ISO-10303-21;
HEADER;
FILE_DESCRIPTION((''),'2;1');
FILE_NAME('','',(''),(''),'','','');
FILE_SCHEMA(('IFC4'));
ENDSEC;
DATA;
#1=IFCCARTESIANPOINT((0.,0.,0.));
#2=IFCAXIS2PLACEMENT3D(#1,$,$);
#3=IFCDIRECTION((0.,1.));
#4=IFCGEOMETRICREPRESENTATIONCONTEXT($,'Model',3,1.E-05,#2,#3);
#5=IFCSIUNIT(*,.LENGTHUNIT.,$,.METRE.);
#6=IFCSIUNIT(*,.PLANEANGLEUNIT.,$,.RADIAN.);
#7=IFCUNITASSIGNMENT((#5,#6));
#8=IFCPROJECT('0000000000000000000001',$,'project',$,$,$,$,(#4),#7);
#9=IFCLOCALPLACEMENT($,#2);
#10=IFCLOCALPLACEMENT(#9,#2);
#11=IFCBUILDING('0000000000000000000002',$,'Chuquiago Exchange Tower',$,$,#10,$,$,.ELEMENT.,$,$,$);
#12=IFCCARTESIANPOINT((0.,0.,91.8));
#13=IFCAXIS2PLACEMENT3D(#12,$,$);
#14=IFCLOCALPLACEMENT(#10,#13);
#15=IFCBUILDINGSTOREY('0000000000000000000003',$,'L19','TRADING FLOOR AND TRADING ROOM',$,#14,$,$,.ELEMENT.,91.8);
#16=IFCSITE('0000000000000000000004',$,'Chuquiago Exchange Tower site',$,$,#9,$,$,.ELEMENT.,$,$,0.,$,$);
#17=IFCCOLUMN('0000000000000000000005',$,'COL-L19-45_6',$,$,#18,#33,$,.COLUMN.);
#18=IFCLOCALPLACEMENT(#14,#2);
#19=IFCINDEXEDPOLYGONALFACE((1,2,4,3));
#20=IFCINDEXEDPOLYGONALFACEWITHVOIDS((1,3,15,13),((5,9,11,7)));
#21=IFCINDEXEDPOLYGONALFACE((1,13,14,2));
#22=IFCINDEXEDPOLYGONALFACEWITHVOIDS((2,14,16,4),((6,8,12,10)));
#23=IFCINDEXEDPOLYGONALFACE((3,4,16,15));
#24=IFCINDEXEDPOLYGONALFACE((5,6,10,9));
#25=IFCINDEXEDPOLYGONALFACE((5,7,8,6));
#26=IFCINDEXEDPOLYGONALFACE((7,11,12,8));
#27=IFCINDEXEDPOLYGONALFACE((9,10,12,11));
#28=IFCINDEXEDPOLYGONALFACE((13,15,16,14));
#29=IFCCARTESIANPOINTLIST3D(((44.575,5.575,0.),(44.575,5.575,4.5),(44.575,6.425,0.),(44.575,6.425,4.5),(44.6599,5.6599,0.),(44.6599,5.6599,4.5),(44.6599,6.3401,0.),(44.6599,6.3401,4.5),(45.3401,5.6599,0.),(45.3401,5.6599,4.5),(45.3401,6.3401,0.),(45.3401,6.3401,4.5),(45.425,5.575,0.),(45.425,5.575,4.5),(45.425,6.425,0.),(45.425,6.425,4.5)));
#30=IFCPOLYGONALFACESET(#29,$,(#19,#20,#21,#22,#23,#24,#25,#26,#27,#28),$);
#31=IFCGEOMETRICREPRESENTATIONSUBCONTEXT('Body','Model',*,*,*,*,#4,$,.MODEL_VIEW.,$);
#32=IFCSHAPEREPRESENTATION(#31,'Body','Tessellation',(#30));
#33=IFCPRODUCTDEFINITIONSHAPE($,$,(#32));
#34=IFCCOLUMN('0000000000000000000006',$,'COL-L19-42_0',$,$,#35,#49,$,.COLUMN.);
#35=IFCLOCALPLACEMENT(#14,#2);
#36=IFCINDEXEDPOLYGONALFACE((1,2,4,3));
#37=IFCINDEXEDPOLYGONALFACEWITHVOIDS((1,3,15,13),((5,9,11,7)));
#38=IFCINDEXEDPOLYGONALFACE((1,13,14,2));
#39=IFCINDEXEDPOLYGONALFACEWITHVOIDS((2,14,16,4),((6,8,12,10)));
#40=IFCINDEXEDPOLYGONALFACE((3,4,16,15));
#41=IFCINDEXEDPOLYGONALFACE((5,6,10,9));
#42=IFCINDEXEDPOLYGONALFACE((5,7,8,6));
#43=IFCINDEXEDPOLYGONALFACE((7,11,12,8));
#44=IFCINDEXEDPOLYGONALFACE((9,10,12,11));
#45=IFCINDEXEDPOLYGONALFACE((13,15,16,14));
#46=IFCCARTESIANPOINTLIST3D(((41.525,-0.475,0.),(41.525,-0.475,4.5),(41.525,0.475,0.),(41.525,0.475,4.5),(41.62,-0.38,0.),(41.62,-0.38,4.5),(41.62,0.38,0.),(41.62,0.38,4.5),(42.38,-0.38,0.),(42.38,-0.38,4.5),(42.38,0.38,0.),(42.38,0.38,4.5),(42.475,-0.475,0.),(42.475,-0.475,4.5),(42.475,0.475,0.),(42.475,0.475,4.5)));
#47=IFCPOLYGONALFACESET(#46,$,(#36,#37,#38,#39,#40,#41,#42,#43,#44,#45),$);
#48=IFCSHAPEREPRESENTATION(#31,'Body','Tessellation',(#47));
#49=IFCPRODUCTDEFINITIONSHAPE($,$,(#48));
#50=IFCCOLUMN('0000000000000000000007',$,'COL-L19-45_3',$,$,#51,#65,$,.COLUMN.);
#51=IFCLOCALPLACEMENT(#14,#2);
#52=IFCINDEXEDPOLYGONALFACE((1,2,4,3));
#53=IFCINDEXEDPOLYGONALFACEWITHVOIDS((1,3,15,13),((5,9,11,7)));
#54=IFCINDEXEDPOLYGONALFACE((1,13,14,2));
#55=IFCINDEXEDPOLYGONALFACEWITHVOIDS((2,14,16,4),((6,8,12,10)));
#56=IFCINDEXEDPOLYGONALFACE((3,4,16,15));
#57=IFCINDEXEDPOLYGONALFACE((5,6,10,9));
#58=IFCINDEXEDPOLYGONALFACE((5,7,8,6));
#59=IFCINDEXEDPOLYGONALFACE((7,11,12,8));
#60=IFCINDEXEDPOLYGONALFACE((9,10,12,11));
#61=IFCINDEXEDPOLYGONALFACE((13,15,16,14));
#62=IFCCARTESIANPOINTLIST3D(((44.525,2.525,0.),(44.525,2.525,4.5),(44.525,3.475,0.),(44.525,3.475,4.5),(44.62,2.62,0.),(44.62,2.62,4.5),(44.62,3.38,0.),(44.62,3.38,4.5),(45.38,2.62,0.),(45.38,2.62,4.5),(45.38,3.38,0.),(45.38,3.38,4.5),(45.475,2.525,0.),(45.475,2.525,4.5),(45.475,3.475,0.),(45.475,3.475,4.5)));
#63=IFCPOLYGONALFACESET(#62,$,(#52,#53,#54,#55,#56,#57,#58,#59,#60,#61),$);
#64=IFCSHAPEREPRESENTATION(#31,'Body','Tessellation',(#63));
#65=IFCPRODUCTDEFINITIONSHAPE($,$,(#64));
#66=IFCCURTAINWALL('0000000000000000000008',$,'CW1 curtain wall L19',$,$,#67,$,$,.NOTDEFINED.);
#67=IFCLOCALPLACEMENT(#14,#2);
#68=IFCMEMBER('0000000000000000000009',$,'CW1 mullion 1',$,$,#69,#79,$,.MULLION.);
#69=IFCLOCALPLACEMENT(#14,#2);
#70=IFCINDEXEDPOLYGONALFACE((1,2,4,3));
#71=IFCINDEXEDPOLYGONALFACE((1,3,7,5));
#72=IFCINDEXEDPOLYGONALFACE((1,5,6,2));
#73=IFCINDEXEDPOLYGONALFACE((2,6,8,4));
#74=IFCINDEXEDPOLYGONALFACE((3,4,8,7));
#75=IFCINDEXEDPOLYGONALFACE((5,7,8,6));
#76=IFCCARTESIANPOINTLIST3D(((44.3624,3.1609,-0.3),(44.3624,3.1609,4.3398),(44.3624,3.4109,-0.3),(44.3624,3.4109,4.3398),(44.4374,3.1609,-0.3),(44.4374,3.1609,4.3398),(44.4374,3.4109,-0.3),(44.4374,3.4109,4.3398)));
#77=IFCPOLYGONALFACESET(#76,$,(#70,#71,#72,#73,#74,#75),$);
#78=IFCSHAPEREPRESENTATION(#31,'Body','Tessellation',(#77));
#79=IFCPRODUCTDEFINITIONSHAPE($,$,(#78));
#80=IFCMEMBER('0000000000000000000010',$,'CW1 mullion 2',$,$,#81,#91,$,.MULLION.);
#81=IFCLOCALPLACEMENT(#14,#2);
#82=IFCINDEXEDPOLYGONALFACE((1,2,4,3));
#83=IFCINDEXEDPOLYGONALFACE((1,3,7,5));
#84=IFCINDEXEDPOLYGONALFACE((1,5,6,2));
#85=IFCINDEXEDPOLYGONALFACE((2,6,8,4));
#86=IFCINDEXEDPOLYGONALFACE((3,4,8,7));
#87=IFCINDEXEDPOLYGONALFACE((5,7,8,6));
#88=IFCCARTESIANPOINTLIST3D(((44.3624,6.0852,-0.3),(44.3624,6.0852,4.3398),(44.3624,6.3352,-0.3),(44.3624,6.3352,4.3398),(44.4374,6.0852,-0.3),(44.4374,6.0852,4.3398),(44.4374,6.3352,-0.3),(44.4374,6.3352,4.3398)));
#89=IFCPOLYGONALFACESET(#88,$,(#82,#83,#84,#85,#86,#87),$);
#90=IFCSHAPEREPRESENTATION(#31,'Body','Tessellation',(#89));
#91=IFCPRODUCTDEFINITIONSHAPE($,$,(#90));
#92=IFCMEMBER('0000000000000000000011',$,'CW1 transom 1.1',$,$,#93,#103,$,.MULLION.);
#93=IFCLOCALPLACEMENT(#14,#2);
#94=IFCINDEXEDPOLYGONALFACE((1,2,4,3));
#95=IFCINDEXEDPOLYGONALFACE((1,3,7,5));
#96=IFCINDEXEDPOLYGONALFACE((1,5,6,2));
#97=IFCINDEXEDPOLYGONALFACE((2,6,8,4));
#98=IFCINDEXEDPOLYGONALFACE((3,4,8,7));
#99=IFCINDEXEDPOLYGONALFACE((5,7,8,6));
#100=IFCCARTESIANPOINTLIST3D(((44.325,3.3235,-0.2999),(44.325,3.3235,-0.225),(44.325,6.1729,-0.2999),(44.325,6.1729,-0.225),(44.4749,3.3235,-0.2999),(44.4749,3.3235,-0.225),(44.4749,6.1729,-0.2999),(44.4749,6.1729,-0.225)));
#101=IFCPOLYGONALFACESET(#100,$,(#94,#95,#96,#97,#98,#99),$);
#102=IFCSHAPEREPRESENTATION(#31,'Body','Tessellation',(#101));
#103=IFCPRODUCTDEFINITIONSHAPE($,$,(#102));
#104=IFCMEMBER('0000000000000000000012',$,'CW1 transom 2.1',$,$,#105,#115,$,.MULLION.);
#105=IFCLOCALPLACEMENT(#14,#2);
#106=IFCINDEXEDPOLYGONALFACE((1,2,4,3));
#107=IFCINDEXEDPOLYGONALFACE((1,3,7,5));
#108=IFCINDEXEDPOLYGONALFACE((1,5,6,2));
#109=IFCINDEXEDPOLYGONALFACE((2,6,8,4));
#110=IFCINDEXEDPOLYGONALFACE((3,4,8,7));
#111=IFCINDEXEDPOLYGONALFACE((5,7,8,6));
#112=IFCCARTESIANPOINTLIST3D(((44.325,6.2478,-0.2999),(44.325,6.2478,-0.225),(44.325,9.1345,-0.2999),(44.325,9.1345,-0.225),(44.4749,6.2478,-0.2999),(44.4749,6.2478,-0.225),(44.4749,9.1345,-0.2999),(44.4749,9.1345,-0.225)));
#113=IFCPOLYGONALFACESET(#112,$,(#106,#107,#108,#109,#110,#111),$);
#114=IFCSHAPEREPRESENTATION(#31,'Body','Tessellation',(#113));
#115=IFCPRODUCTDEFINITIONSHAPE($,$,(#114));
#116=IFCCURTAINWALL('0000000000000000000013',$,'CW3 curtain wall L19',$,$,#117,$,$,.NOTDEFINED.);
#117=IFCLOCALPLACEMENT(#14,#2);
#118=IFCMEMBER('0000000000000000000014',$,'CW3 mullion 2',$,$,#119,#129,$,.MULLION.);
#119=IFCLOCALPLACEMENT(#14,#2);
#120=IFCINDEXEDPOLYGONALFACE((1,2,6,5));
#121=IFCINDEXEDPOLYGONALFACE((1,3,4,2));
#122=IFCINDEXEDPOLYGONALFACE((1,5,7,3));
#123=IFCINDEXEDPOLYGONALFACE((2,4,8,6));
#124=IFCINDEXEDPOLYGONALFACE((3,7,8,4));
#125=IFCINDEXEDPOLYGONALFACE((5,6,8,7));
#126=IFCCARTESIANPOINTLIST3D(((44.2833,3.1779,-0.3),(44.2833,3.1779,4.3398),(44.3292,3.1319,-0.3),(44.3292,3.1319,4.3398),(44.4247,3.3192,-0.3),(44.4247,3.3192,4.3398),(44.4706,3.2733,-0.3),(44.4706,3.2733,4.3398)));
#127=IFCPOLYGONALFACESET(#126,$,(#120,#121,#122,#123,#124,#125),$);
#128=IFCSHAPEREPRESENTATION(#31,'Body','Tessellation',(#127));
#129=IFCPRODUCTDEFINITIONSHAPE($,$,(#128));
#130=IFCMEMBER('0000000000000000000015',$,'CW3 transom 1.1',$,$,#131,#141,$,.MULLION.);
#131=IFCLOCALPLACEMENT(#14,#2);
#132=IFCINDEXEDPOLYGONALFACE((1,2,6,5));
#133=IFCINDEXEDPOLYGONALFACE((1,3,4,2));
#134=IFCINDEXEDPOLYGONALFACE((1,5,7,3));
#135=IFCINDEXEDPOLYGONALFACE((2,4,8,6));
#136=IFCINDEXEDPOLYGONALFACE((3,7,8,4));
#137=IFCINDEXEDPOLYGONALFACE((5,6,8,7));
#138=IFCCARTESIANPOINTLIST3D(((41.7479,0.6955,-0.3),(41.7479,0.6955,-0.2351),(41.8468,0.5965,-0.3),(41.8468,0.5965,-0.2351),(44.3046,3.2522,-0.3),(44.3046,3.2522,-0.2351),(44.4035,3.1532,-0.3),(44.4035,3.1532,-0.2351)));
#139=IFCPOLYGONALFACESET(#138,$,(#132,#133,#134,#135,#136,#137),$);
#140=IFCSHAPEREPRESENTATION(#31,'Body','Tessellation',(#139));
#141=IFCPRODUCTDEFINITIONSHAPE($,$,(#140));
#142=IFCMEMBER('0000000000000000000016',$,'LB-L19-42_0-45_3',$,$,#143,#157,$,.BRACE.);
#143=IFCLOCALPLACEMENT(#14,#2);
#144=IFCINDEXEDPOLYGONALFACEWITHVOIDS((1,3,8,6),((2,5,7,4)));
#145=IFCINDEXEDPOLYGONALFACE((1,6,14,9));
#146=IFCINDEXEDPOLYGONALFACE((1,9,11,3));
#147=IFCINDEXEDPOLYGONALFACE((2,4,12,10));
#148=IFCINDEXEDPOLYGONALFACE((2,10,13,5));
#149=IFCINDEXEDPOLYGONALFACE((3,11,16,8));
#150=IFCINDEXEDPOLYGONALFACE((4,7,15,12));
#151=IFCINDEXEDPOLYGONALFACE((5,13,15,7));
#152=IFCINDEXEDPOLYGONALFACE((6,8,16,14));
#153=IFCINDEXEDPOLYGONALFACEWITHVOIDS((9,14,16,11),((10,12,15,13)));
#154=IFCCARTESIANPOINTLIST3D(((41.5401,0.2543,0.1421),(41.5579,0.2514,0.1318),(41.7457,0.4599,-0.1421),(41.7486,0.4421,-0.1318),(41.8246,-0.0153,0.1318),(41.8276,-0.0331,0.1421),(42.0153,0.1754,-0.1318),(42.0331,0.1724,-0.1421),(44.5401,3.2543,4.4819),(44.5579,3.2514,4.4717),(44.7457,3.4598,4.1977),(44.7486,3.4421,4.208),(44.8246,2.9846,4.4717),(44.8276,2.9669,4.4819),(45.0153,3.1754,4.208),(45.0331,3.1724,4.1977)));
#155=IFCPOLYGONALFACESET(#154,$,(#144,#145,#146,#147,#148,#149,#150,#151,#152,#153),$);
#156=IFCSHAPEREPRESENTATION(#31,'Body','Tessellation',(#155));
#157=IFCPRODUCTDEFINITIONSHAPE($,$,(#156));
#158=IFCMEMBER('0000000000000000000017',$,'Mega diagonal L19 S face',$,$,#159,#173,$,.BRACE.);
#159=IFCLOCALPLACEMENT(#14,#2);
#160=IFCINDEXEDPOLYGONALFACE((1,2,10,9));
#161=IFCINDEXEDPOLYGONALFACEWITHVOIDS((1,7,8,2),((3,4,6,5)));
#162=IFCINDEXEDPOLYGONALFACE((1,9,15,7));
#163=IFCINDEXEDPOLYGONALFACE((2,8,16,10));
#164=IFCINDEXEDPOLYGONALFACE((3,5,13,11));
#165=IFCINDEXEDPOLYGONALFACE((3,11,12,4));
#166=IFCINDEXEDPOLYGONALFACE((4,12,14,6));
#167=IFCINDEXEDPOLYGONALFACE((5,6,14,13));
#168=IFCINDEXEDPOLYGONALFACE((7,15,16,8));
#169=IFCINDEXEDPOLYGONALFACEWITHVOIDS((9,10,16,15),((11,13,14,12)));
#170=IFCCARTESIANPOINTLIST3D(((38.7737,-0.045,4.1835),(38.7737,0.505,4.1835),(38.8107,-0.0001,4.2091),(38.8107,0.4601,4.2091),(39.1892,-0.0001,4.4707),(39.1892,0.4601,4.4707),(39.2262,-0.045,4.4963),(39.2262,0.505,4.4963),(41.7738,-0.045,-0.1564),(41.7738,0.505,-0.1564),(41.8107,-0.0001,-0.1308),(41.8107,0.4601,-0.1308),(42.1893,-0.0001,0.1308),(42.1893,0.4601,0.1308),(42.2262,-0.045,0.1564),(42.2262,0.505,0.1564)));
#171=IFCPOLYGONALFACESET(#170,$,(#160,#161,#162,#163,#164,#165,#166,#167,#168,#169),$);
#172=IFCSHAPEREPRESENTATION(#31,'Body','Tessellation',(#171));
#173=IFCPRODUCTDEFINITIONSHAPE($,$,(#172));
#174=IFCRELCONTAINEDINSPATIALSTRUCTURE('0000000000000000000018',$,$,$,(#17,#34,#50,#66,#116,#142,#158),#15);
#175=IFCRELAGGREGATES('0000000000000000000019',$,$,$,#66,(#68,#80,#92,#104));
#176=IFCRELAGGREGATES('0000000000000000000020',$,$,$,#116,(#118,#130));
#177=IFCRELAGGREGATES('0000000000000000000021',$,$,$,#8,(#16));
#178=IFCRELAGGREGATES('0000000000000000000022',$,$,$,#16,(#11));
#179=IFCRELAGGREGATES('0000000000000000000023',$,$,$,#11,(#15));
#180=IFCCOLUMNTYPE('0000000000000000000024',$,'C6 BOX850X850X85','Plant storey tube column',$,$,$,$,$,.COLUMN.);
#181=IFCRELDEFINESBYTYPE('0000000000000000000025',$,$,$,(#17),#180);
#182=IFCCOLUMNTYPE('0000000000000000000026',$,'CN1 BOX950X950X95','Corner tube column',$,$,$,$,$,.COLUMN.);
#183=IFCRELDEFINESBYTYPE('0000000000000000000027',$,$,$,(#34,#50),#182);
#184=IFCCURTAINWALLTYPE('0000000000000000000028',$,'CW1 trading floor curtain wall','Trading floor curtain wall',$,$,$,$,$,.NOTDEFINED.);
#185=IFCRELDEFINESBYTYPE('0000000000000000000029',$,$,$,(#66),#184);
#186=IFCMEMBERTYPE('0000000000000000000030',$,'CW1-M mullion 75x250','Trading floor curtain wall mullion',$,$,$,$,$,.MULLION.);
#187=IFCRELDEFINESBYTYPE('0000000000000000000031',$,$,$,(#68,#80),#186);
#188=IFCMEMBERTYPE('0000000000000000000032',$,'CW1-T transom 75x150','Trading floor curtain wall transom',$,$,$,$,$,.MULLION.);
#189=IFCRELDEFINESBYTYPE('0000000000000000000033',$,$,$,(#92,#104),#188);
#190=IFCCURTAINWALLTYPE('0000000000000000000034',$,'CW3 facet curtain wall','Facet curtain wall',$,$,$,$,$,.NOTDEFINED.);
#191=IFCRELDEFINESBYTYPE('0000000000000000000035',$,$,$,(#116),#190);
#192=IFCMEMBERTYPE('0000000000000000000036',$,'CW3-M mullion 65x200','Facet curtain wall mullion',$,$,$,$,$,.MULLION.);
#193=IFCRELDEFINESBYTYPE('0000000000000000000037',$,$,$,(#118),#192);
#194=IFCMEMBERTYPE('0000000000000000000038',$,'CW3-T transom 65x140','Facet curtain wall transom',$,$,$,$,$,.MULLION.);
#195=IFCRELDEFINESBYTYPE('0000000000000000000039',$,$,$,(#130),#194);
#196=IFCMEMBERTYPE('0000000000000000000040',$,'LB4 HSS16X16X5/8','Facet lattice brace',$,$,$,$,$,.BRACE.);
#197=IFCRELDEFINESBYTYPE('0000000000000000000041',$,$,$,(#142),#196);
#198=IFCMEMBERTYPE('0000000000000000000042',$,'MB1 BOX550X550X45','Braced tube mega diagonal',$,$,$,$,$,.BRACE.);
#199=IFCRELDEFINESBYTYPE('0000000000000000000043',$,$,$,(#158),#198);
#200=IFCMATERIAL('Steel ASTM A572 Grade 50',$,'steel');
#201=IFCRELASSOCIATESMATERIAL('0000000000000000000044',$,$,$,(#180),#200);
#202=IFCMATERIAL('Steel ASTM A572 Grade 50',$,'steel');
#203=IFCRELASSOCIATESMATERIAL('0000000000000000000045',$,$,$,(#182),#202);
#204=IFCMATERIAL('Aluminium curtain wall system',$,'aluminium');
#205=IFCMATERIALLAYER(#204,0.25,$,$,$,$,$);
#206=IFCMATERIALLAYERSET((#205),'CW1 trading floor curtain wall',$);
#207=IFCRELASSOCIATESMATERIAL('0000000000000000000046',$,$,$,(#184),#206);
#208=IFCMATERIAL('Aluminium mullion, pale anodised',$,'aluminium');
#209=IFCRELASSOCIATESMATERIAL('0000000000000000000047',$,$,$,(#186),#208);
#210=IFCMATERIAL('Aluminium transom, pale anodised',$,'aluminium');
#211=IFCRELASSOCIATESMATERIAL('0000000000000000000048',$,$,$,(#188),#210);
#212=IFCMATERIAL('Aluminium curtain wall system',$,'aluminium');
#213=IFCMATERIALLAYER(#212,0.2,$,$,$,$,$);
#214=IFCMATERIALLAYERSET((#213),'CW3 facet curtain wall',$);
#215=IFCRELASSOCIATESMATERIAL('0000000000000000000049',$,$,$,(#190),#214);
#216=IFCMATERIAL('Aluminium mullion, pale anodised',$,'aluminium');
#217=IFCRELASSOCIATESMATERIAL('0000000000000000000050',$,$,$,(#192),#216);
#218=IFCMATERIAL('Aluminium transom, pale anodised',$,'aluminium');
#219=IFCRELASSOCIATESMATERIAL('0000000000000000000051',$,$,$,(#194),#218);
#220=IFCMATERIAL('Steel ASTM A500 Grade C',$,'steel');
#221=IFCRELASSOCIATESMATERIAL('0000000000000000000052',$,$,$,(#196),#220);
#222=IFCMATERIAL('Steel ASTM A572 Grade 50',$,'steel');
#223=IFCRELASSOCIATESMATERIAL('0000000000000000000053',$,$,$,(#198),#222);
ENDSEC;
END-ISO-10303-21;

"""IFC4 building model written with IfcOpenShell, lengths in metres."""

from ifc_helpers import new_model, si_unit, direction, frame, origin, origin_2d, place, context, subcontext, project, spatial, rectangle, hollow_rectangle, extrude, material, layer, layer_set, material_profile, profile_set, type_object, element, aggregate, save


model = new_model("IFC4")

# Units and contexts
model_context = context("Model", 3, precision=1e-05, world=origin(), true_north=direction((0.0, 1.0)))
body_context = subcontext(model_context, "Body", "Model", "MODEL_VIEW")
ifc_project = project(units=[si_unit("LENGTHUNIT", "METRE"), si_unit("PLANEANGLEUNIT", "RADIAN")], contexts=[model_context])

# Site, building, storey
site_placement = place(None, origin())
site = spatial("IfcSite", under=ifc_project, at=site_placement, Name="Chuquiago Exchange Tower site", CompositionType="ELEMENT", RefElevation=0.0)
building_placement = place(site_placement, origin())
building = spatial("IfcBuilding", under=site, at=building_placement, Name="Chuquiago Exchange Tower", CompositionType="ELEMENT")
storey_placement = place(building_placement, frame((0.0, 0.0, 91.8)))
storey = spatial("IfcBuildingStorey", under=building, at=storey_placement, Name="L19", Description="TRADING FLOOR AND TRADING ROOM", CompositionType="ELEMENT", Elevation=91.8)

# Columns
ifc_material_1 = material(Name="Steel ASTM A572 Grade 50", Category="steel")
ifc_material_profile_1 = material_profile(ifc_material_1, hollow_rectangle(XDim=0.8501, YDim=0.8501, WallThickness=0.085, at=origin_2d()), Name="BOX850X850X85")
ifc_profile_set_1 = profile_set([ifc_material_profile_1], Name="Steel ASTM A572 Grade 50")
column_type_1 = type_object("IfcColumnType", Name="C6 BOX850X850X85", Description="Plant storey tube column", PredefinedType="COLUMN", material=ifc_profile_set_1)
column_placement = place(storey_placement, frame((45.0, 6.0, 0.0), z_axis=(0.0, 0.0, 1.0), x_axis=(1.0, 0.0, 0.0)))
element("IfcColumn", 1, at=column_placement, inside=storey, type_object=column_type_1, Name="COL-L19-45_6", PredefinedType="COLUMN", context=body_context, shape_type="SweptSolid", body=[
    extrude(hollow_rectangle(XDim=0.8501, YDim=0.8501, WallThickness=0.085, at=origin_2d()), origin(), (0.0, 0.0, 1.0), 4.5),
])
ifc_material_2 = material(Name="Steel ASTM A572 Grade 50", Category="steel")
ifc_material_profile_2 = material_profile(ifc_material_2, hollow_rectangle(XDim=0.95, YDim=0.95, WallThickness=0.095, at=origin_2d()), Name="BOX950X950X95")
ifc_profile_set_2 = profile_set([ifc_material_profile_2], Name="Steel ASTM A572 Grade 50")
column_type_2 = type_object("IfcColumnType", Name="CN1 BOX950X950X95", Description="Corner tube column", PredefinedType="COLUMN", material=ifc_profile_set_2)
for number, where, z_axis, x_axis, name in (
    (2, (42.0, 0.0, 0.0), (0.0, 0.0, 1.0), (0.0, -1.0, 0.0), "COL-L19-42_0"),
    (3, (45.0, 3.0, 0.0), (0.0, 0.0, 1.0), (1.0, 0.0, 0.0), "COL-L19-45_3"),
):
    element("IfcColumn", number, at=place(storey_placement, frame(where, z_axis=z_axis, x_axis=x_axis)), inside=storey, type_object=column_type_2, Name=name, PredefinedType="COLUMN", context=body_context, shape_type="SweptSolid", body=[
        extrude(hollow_rectangle(XDim=0.95, YDim=0.95, WallThickness=0.095, at=origin_2d()), origin(), (0.0, 0.0, 1.0), 4.5),
    ])

# Curtain walls, members
ifc_material_3 = material(Name="Aluminium curtain wall system", Category="aluminium")
ifc_layer_1 = layer(ifc_material_3, 0.25)
ifc_layer_set_1 = layer_set([ifc_layer_1], Name="CW1 trading floor curtain wall")
curtain_wall_type_1 = type_object("IfcCurtainWallType", Name="CW1 trading floor curtain wall", Description="Trading floor curtain wall", PredefinedType="NOTDEFINED", material=ifc_layer_set_1)
curtain_wall_1_placement = place(storey_placement, origin())
curtain_wall_1 = element("IfcCurtainWall", 4, at=curtain_wall_1_placement, inside=storey, type_object=curtain_wall_type_1, Name="CW1 curtain wall L19", PredefinedType="NOTDEFINED")
ifc_material_4 = material(Name="Aluminium mullion, pale anodised", Category="aluminium")
ifc_material_profile_3 = material_profile(ifc_material_4, rectangle(XDim=0.075, YDim=0.25, at=origin_2d()), Name="AL 75x250")
ifc_profile_set_3 = profile_set([ifc_material_profile_3], Name="Aluminium mullion, pale anodised")
member_type_1 = type_object("IfcMemberType", Name="CW1-M mullion 75x250", Description="Trading floor curtain wall mullion", PredefinedType="MULLION", material=ifc_profile_set_3)
member_1_placement = place(storey_placement, frame((44.3999, 3.2859, -0.3), z_axis=(0.0, 0.0, 1.0), x_axis=(-1.0, 0.0, 0.0)))
member_1 = element("IfcMember", 5, at=member_1_placement, type_object=member_type_1, Name="CW1 mullion 1", PredefinedType="MULLION", context=body_context, shape_type="SweptSolid", body=[
    extrude(rectangle(XDim=0.075, YDim=0.25, at=origin_2d()), origin(), (0.0, 0.0, 1.0), 4.6399),
])
member_2_placement = place(storey_placement, frame((44.3999, 6.2102, -0.3), z_axis=(0.0, 0.0, 1.0), x_axis=(-1.0, 0.0, 0.0)))
member_2 = element("IfcMember", 6, at=member_2_placement, type_object=member_type_1, Name="CW1 mullion 2", PredefinedType="MULLION", context=body_context, shape_type="SweptSolid", body=[
    extrude(rectangle(XDim=0.075, YDim=0.25, at=origin_2d()), origin(), (0.0, 0.0, 1.0), 4.6399),
])
ifc_material_5 = material(Name="Aluminium transom, pale anodised", Category="aluminium")
ifc_material_profile_4 = material_profile(ifc_material_5, rectangle(XDim=0.1499, YDim=0.075, at=origin_2d()), Name="AL 150x75")
ifc_profile_set_4 = profile_set([ifc_material_profile_4], Name="Aluminium transom, pale anodised")
member_type_2 = type_object("IfcMemberType", Name="CW1-T transom 75x150", Description="Trading floor curtain wall transom", PredefinedType="MULLION", material=ifc_profile_set_4)
member_3_placement = place(storey_placement, frame((44.3999, 3.3235, -0.2625), z_axis=(0.0, 1.0, 0.0), x_axis=(-1.0, 0.0, 0.0)))
member_3 = element("IfcMember", 7, at=member_3_placement, type_object=member_type_2, Name="CW1 transom 1.1", PredefinedType="MULLION", context=body_context, shape_type="SweptSolid", body=[
    extrude(rectangle(XDim=0.1499, YDim=0.075, at=origin_2d()), origin(), (0.0, 0.0, 1.0), 2.8494),
])
member_4_placement = place(storey_placement, frame((44.3999, 6.2478, -0.2625), z_axis=(0.0, 1.0, 0.0), x_axis=(-1.0, 0.0, 0.0)))
member_4 = element("IfcMember", 8, at=member_4_placement, type_object=member_type_2, Name="CW1 transom 2.1", PredefinedType="MULLION", context=body_context, shape_type="SweptSolid", body=[
    extrude(rectangle(XDim=0.1499, YDim=0.075, at=origin_2d()), origin(), (0.0, 0.0, 1.0), 2.8867),
])
ifc_material_6 = material(Name="Aluminium curtain wall system", Category="aluminium")
ifc_layer_2 = layer(ifc_material_6, 0.2)
ifc_layer_set_2 = layer_set([ifc_layer_2], Name="CW3 facet curtain wall")
curtain_wall_type_2 = type_object("IfcCurtainWallType", Name="CW3 facet curtain wall", Description="Facet curtain wall", PredefinedType="NOTDEFINED", material=ifc_layer_set_2)
curtain_wall_2_placement = place(storey_placement, origin())
curtain_wall_2 = element("IfcCurtainWall", 9, at=curtain_wall_2_placement, inside=storey, type_object=curtain_wall_type_2, Name="CW3 curtain wall L19", PredefinedType="NOTDEFINED")
ifc_material_7 = material(Name="Aluminium mullion, pale anodised", Category="aluminium")
ifc_material_profile_5 = material_profile(ifc_material_7, rectangle(XDim=0.0649, YDim=0.2, at=origin_2d()), Name="AL 65x200")
ifc_profile_set_5 = profile_set([ifc_material_profile_5], Name="Aluminium mullion, pale anodised")
member_type_3 = type_object("IfcMemberType", Name="CW3-M mullion 65x200", Description="Facet curtain wall mullion", PredefinedType="MULLION", material=ifc_profile_set_5)
member_5_placement = place(storey_placement, frame((44.377, 3.2256, -0.3), z_axis=(0.0, 0.0, 1.0), x_axis=(-0.707107, 0.707107, 0.0)))
member_5 = element("IfcMember", 10, at=member_5_placement, type_object=member_type_3, Name="CW3 mullion 2", PredefinedType="MULLION", context=body_context, shape_type="SweptSolid", body=[
    extrude(rectangle(XDim=0.0649, YDim=0.2, at=origin_2d()), origin(), (0.0, 0.0, 1.0), 4.6399),
])
ifc_material_8 = material(Name="Aluminium transom, pale anodised", Category="aluminium")
ifc_material_profile_6 = material_profile(ifc_material_8, rectangle(XDim=0.1399, YDim=0.0649, at=origin_2d()), Name="AL 140x65")
ifc_profile_set_6 = profile_set([ifc_material_profile_6], Name="Aluminium transom, pale anodised")
member_type_4 = type_object("IfcMemberType", Name="CW3-T transom 65x140", Description="Facet curtain wall transom", PredefinedType="MULLION", material=ifc_profile_set_6)
member_6_placement = place(storey_placement, frame((41.7974, 0.646, -0.2676), z_axis=(0.707107, 0.707107, 0.0), x_axis=(-0.707107, 0.707107, 0.0)))
member_6 = element("IfcMember", 11, at=member_6_placement, type_object=member_type_4, Name="CW3 transom 1.1", PredefinedType="MULLION", context=body_context, shape_type="SweptSolid", body=[
    extrude(rectangle(XDim=0.1399, YDim=0.0649, at=origin_2d()), origin(), (0.0, 0.0, 1.0), 3.6157),
])

# Members
ifc_material_9 = material(Name="Steel ASTM A500 Grade C", Category="steel")
ifc_material_profile_7 = material_profile(ifc_material_9, hollow_rectangle(XDim=0.4065, YDim=0.4065, WallThickness=0.0146, at=origin_2d()), Name="HSS16X16X5/8")
ifc_profile_set_7 = profile_set([ifc_material_profile_7], Name="Steel ASTM A500 Grade C")
member_type_5 = type_object("IfcMemberType", Name="LB4 HSS16X16X5/8", Description="Facet lattice brace", PredefinedType="BRACE", material=ifc_profile_set_7)
member_7_placement = place(storey_placement, frame((41.7866, 0.2134, 0.0), z_axis=(0.494305, 0.494305, 0.715069), x_axis=(-0.707107, 0.707107, 0.0)))
element("IfcMember", 12, at=member_7_placement, inside=storey, type_object=member_type_5, Name="LB-L19-42_0-45_3", PredefinedType="BRACE", context=body_context, shape_type="SweptSolid", body=[
    extrude(hollow_rectangle(XDim=0.4065, YDim=0.4065, WallThickness=0.0146, at=origin_2d()), origin(), (0.0, 0.0, 1.0), 6.0691),
])
ifc_material_10 = material(Name="Steel ASTM A572 Grade 50", Category="steel")
ifc_material_profile_8 = material_profile(ifc_material_10, hollow_rectangle(XDim=0.55, YDim=0.55, WallThickness=0.0449, at=origin_2d()), Name="BOX550X550X45")
ifc_profile_set_8 = profile_set([ifc_material_profile_8], Name="Steel ASTM A572 Grade 50")
member_type_6 = type_object("IfcMemberType", Name="MB1 BOX550X550X45", Description="Braced tube mega diagonal", PredefinedType="BRACE", material=ifc_profile_set_8)
for number, where, z_axis, x_axis, name in (
    (13, (42.0, 0.23, 0.0), (-0.568632, 0.0, 0.822592), (0.0, -1.0, 0.0), "Mega diagonal L19 S face"),
):
    element("IfcMember", number, at=place(storey_placement, frame(where, z_axis=z_axis, x_axis=x_axis)), inside=storey, type_object=member_type_6, Name=name, PredefinedType="BRACE", context=body_context, shape_type="SweptSolid", body=[
        extrude(hollow_rectangle(XDim=0.55, YDim=0.55, WallThickness=0.0449, at=origin_2d()), origin(), (0.0, 0.0, 1.0), 5.2759),
    ])

aggregate(curtain_wall_1, [member_1, member_2, member_3, member_4])
aggregate(curtain_wall_2, [member_5, member_6])

save(model, "model.ifc")
